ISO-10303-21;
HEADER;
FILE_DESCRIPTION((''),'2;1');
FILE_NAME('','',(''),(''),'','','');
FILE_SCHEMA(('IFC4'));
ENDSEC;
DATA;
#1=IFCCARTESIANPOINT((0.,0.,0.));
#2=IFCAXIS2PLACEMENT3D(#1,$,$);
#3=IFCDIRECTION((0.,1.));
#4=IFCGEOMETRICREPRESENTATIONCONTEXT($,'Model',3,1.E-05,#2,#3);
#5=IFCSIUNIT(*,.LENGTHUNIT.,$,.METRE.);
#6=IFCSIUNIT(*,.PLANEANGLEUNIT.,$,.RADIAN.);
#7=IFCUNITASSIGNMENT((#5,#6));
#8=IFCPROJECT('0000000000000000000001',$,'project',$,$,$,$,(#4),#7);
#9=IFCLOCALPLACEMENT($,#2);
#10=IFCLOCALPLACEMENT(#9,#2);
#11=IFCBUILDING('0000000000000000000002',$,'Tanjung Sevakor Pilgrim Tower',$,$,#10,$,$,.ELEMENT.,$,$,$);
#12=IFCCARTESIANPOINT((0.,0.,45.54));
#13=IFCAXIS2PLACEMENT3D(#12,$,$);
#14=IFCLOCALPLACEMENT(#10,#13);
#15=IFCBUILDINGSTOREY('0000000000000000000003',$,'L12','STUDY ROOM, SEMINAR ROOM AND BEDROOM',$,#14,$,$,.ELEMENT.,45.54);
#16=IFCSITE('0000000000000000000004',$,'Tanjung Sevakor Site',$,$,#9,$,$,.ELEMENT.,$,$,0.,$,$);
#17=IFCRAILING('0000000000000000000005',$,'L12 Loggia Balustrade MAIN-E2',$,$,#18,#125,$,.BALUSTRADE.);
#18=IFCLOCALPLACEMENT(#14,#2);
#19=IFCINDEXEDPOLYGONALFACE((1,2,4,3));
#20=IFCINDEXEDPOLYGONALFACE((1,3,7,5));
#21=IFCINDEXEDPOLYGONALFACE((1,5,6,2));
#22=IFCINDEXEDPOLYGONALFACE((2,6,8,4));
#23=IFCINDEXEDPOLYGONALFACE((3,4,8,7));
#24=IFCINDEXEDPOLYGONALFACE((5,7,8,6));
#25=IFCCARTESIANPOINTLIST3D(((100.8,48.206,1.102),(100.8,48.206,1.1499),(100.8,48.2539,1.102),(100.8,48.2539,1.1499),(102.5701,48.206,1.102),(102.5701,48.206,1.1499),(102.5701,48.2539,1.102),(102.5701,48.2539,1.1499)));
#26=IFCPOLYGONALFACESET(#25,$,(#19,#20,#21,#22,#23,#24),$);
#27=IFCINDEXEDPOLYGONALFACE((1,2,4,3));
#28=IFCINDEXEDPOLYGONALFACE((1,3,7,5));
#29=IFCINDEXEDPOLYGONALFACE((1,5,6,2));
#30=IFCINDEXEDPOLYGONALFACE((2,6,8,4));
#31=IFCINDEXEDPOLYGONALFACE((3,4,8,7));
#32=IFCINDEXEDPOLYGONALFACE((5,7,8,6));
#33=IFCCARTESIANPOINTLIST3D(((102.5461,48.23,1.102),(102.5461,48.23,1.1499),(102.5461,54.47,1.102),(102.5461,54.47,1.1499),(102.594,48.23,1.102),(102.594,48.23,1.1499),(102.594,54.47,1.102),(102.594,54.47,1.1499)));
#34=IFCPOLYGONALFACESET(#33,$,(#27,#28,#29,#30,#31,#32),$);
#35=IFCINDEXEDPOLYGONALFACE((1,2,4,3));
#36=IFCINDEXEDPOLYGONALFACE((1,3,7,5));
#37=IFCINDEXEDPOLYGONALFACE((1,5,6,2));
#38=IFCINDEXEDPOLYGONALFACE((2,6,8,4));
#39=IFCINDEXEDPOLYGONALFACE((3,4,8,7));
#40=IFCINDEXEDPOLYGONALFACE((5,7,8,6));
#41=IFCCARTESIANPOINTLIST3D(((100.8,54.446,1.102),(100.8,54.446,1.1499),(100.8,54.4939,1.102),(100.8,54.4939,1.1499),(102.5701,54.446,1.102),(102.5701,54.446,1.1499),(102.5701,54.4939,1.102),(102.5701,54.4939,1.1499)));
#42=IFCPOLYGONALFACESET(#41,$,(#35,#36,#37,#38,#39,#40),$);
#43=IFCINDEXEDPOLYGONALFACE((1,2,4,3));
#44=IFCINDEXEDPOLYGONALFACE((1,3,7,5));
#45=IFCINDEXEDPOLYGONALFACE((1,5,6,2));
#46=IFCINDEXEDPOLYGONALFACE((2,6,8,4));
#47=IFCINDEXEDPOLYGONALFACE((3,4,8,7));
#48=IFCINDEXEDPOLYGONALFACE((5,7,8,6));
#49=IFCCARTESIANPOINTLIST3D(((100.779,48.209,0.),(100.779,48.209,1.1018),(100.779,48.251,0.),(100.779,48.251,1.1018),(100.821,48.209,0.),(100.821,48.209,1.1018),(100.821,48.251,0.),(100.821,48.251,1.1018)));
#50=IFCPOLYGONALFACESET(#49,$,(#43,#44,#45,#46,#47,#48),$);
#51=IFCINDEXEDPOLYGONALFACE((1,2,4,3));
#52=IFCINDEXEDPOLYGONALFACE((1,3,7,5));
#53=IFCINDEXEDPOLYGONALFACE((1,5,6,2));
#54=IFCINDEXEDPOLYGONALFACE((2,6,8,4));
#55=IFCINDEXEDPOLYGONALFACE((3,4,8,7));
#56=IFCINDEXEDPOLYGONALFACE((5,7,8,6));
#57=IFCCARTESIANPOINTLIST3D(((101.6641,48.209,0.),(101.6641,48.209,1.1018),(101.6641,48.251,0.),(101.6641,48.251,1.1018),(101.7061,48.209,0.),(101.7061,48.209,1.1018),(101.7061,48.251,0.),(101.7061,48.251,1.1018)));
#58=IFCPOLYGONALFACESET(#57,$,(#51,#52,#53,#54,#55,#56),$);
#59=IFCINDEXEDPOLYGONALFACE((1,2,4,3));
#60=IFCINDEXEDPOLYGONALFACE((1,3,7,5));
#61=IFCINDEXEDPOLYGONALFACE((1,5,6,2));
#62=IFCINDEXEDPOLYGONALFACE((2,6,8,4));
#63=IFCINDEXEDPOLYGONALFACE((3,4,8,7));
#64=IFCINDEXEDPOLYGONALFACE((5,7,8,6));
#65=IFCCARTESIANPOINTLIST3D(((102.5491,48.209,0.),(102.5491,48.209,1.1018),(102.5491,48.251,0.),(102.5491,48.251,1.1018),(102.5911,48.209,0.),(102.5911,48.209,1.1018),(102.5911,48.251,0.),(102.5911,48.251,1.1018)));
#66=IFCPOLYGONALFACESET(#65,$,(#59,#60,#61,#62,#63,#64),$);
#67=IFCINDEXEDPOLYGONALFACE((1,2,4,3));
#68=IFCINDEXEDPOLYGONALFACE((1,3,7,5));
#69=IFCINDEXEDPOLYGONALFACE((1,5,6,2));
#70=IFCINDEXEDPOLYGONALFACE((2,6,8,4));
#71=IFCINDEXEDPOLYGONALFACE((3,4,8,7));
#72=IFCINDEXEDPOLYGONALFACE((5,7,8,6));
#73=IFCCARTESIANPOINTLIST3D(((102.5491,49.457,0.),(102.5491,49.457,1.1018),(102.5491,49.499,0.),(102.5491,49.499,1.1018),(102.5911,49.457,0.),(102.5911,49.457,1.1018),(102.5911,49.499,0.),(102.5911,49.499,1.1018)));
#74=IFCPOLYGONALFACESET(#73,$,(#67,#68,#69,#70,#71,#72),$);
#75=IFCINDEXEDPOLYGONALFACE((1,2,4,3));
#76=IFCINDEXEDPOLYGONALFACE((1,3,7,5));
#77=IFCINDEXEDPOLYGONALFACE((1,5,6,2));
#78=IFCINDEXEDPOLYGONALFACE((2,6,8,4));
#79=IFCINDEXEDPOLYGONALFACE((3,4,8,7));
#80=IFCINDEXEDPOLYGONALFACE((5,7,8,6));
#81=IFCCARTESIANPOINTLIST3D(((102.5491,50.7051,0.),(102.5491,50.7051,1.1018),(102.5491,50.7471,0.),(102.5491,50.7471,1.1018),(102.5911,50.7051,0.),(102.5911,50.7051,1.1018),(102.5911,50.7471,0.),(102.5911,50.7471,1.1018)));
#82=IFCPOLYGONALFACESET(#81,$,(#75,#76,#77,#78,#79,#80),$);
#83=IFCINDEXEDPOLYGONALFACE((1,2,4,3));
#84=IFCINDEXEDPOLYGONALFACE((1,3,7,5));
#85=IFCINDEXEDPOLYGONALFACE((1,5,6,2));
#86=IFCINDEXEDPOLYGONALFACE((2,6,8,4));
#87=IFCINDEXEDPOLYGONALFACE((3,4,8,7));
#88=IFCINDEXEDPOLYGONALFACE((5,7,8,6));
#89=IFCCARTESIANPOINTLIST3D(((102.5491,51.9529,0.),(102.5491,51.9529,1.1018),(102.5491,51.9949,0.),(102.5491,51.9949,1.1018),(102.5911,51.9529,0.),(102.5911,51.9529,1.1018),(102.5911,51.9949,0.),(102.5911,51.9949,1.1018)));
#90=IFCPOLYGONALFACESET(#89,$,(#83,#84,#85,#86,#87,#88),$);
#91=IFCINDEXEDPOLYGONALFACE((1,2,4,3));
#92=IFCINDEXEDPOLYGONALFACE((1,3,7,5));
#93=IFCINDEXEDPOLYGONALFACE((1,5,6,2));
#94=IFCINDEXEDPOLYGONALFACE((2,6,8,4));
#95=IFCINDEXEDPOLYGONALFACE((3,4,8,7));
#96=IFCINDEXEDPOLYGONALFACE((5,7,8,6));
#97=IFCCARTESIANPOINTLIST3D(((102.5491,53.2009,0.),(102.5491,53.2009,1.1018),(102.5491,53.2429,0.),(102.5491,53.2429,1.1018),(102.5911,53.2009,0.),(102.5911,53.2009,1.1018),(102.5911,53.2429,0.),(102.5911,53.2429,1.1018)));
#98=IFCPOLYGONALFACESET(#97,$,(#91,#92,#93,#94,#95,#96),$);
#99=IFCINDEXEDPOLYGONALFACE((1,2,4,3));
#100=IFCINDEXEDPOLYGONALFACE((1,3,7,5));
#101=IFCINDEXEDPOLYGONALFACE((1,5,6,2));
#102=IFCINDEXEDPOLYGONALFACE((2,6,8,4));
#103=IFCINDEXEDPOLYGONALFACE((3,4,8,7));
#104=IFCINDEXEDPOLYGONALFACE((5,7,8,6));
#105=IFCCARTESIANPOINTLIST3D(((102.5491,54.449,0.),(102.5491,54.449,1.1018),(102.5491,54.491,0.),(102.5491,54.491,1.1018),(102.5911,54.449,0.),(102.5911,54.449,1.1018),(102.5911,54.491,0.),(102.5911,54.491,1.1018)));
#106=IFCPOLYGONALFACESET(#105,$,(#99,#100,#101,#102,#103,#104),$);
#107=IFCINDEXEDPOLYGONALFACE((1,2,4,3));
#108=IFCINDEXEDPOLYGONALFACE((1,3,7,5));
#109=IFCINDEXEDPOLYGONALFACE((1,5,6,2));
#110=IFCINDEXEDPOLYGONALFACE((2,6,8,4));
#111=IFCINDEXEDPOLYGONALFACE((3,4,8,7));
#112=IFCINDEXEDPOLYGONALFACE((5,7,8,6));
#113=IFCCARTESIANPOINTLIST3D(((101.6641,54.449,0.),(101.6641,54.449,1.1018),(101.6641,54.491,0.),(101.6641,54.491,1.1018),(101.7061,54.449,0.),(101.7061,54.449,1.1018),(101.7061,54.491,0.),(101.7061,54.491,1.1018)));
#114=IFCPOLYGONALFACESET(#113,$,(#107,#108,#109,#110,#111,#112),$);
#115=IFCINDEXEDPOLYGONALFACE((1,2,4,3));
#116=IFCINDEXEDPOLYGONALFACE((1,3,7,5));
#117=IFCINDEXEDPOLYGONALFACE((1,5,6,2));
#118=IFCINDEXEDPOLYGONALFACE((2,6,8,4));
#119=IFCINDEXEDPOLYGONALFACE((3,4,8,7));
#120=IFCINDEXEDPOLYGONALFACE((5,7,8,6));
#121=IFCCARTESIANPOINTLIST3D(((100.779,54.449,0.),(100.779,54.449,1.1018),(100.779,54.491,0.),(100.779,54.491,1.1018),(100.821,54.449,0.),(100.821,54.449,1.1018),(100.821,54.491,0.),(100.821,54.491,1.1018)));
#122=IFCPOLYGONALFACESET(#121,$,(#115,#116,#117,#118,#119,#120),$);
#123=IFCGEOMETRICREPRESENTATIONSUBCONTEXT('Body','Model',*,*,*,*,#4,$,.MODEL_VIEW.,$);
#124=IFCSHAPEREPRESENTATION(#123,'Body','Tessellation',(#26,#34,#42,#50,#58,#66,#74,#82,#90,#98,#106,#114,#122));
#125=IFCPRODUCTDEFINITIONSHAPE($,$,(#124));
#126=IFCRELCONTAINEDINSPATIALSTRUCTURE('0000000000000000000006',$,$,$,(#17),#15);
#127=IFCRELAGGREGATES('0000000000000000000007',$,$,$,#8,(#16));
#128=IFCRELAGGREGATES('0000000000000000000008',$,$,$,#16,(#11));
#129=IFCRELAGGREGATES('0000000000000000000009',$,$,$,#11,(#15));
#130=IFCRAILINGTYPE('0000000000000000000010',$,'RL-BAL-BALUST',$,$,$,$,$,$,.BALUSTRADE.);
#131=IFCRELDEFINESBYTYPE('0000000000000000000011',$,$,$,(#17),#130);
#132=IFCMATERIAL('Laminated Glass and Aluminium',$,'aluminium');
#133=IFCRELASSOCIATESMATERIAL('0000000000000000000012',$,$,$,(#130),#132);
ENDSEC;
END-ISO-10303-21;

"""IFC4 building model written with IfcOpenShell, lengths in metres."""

from ifc_helpers import new_model, si_unit, direction, frame, origin, place, context, subcontext, project, spatial, rectangle, extrude, material, type_object, element, save


model = new_model("IFC4")

# Units and contexts
model_context = context("Model", 3, precision=1e-05, world=origin(), true_north=direction((0.0, 1.0)))
body_context = subcontext(model_context, "Body", "Model", "MODEL_VIEW")
ifc_project = project(units=[si_unit("LENGTHUNIT", "METRE"), si_unit("PLANEANGLEUNIT", "RADIAN")], contexts=[model_context])

# Site, building, storey
site_placement = place(None, origin())
site = spatial("IfcSite", under=ifc_project, at=site_placement, Name="Tanjung Sevakor Site", CompositionType="ELEMENT", RefElevation=0.0)
building_placement = place(site_placement, origin())
building = spatial("IfcBuilding", under=site, at=building_placement, Name="Tanjung Sevakor Pilgrim Tower", CompositionType="ELEMENT")
storey_placement = place(building_placement, frame((0.0, 0.0, 45.54)))
storey = spatial("IfcBuildingStorey", under=building, at=storey_placement, Name="L12", Description="STUDY ROOM, SEMINAR ROOM AND BEDROOM", CompositionType="ELEMENT", Elevation=45.54)

# Railing
ifc_material_1 = material(Name="Laminated Glass and Aluminium", Category="aluminium")
railing_type = type_object("IfcRailingType", Name="RL-BAL-BALUST", PredefinedType="BALUSTRADE", material=ifc_material_1)
railing_placement = place(storey_placement, frame((100.8, 48.23, 0.0)))
element("IfcRailing", 1, at=railing_placement, inside=storey, type_object=railing_type, Name="L12 Loggia Balustrade MAIN-E2", PredefinedType="BALUSTRADE", context=body_context, shape_type="SweptSolid", body=[
    extrude(rectangle(XDim=0.0479, YDim=0.0479), frame((0.0, 0.0, 1.126), z_axis=(1.0, 0.0, 0.0), x_axis=(0.0, 1.0, 0.0)), (0.0, 0.0, 1.0), 1.77),
    extrude(rectangle(XDim=0.0479, YDim=0.0479), frame((1.77, 0.0, 1.126), z_axis=(0.0, 1.0, 0.0), x_axis=(-1.0, 0.0, 0.0)), (0.0, 0.0, 1.0), 6.24),
    extrude(rectangle(XDim=0.0479, YDim=0.0479), frame((1.77, 6.24, 1.126), z_axis=(-1.0, 0.0, 0.0), x_axis=(0.0, -1.0, 0.0)), (0.0, 0.0, 1.0), 1.77),
    extrude(rectangle(XDim=0.042, YDim=0.042), origin(), (0.0, 0.0, 1.0), 1.1018),
    extrude(rectangle(XDim=0.042, YDim=0.042), frame((0.885, 0.0, 0.0)), (0.0, 0.0, 1.0), 1.1018),
    extrude(rectangle(XDim=0.042, YDim=0.042), frame((1.77, 0.0, 0.0)), (0.0, 0.0, 1.0), 1.1018),
    extrude(rectangle(XDim=0.042, YDim=0.042), frame((1.77, 1.248, 0.0)), (0.0, 0.0, 1.0), 1.1018),
    extrude(rectangle(XDim=0.042, YDim=0.042), frame((1.77, 2.4961, 0.0)), (0.0, 0.0, 1.0), 1.1018),
    extrude(rectangle(XDim=0.042, YDim=0.042), frame((1.77, 3.7439, 0.0)), (0.0, 0.0, 1.0), 1.1018),
    extrude(rectangle(XDim=0.042, YDim=0.042), frame((1.77, 4.9919, 0.0)), (0.0, 0.0, 1.0), 1.1018),
    extrude(rectangle(XDim=0.042, YDim=0.042), frame((1.77, 6.24, 0.0)), (0.0, 0.0, 1.0), 1.1018),
    extrude(rectangle(XDim=0.042, YDim=0.042), frame((0.885, 6.24, 0.0)), (0.0, 0.0, 1.0), 1.1018),
    extrude(rectangle(XDim=0.042, YDim=0.042), frame((0.0, 6.24, 0.0)), (0.0, 0.0, 1.0), 1.1018),
])

save(model, "model.ifc")
